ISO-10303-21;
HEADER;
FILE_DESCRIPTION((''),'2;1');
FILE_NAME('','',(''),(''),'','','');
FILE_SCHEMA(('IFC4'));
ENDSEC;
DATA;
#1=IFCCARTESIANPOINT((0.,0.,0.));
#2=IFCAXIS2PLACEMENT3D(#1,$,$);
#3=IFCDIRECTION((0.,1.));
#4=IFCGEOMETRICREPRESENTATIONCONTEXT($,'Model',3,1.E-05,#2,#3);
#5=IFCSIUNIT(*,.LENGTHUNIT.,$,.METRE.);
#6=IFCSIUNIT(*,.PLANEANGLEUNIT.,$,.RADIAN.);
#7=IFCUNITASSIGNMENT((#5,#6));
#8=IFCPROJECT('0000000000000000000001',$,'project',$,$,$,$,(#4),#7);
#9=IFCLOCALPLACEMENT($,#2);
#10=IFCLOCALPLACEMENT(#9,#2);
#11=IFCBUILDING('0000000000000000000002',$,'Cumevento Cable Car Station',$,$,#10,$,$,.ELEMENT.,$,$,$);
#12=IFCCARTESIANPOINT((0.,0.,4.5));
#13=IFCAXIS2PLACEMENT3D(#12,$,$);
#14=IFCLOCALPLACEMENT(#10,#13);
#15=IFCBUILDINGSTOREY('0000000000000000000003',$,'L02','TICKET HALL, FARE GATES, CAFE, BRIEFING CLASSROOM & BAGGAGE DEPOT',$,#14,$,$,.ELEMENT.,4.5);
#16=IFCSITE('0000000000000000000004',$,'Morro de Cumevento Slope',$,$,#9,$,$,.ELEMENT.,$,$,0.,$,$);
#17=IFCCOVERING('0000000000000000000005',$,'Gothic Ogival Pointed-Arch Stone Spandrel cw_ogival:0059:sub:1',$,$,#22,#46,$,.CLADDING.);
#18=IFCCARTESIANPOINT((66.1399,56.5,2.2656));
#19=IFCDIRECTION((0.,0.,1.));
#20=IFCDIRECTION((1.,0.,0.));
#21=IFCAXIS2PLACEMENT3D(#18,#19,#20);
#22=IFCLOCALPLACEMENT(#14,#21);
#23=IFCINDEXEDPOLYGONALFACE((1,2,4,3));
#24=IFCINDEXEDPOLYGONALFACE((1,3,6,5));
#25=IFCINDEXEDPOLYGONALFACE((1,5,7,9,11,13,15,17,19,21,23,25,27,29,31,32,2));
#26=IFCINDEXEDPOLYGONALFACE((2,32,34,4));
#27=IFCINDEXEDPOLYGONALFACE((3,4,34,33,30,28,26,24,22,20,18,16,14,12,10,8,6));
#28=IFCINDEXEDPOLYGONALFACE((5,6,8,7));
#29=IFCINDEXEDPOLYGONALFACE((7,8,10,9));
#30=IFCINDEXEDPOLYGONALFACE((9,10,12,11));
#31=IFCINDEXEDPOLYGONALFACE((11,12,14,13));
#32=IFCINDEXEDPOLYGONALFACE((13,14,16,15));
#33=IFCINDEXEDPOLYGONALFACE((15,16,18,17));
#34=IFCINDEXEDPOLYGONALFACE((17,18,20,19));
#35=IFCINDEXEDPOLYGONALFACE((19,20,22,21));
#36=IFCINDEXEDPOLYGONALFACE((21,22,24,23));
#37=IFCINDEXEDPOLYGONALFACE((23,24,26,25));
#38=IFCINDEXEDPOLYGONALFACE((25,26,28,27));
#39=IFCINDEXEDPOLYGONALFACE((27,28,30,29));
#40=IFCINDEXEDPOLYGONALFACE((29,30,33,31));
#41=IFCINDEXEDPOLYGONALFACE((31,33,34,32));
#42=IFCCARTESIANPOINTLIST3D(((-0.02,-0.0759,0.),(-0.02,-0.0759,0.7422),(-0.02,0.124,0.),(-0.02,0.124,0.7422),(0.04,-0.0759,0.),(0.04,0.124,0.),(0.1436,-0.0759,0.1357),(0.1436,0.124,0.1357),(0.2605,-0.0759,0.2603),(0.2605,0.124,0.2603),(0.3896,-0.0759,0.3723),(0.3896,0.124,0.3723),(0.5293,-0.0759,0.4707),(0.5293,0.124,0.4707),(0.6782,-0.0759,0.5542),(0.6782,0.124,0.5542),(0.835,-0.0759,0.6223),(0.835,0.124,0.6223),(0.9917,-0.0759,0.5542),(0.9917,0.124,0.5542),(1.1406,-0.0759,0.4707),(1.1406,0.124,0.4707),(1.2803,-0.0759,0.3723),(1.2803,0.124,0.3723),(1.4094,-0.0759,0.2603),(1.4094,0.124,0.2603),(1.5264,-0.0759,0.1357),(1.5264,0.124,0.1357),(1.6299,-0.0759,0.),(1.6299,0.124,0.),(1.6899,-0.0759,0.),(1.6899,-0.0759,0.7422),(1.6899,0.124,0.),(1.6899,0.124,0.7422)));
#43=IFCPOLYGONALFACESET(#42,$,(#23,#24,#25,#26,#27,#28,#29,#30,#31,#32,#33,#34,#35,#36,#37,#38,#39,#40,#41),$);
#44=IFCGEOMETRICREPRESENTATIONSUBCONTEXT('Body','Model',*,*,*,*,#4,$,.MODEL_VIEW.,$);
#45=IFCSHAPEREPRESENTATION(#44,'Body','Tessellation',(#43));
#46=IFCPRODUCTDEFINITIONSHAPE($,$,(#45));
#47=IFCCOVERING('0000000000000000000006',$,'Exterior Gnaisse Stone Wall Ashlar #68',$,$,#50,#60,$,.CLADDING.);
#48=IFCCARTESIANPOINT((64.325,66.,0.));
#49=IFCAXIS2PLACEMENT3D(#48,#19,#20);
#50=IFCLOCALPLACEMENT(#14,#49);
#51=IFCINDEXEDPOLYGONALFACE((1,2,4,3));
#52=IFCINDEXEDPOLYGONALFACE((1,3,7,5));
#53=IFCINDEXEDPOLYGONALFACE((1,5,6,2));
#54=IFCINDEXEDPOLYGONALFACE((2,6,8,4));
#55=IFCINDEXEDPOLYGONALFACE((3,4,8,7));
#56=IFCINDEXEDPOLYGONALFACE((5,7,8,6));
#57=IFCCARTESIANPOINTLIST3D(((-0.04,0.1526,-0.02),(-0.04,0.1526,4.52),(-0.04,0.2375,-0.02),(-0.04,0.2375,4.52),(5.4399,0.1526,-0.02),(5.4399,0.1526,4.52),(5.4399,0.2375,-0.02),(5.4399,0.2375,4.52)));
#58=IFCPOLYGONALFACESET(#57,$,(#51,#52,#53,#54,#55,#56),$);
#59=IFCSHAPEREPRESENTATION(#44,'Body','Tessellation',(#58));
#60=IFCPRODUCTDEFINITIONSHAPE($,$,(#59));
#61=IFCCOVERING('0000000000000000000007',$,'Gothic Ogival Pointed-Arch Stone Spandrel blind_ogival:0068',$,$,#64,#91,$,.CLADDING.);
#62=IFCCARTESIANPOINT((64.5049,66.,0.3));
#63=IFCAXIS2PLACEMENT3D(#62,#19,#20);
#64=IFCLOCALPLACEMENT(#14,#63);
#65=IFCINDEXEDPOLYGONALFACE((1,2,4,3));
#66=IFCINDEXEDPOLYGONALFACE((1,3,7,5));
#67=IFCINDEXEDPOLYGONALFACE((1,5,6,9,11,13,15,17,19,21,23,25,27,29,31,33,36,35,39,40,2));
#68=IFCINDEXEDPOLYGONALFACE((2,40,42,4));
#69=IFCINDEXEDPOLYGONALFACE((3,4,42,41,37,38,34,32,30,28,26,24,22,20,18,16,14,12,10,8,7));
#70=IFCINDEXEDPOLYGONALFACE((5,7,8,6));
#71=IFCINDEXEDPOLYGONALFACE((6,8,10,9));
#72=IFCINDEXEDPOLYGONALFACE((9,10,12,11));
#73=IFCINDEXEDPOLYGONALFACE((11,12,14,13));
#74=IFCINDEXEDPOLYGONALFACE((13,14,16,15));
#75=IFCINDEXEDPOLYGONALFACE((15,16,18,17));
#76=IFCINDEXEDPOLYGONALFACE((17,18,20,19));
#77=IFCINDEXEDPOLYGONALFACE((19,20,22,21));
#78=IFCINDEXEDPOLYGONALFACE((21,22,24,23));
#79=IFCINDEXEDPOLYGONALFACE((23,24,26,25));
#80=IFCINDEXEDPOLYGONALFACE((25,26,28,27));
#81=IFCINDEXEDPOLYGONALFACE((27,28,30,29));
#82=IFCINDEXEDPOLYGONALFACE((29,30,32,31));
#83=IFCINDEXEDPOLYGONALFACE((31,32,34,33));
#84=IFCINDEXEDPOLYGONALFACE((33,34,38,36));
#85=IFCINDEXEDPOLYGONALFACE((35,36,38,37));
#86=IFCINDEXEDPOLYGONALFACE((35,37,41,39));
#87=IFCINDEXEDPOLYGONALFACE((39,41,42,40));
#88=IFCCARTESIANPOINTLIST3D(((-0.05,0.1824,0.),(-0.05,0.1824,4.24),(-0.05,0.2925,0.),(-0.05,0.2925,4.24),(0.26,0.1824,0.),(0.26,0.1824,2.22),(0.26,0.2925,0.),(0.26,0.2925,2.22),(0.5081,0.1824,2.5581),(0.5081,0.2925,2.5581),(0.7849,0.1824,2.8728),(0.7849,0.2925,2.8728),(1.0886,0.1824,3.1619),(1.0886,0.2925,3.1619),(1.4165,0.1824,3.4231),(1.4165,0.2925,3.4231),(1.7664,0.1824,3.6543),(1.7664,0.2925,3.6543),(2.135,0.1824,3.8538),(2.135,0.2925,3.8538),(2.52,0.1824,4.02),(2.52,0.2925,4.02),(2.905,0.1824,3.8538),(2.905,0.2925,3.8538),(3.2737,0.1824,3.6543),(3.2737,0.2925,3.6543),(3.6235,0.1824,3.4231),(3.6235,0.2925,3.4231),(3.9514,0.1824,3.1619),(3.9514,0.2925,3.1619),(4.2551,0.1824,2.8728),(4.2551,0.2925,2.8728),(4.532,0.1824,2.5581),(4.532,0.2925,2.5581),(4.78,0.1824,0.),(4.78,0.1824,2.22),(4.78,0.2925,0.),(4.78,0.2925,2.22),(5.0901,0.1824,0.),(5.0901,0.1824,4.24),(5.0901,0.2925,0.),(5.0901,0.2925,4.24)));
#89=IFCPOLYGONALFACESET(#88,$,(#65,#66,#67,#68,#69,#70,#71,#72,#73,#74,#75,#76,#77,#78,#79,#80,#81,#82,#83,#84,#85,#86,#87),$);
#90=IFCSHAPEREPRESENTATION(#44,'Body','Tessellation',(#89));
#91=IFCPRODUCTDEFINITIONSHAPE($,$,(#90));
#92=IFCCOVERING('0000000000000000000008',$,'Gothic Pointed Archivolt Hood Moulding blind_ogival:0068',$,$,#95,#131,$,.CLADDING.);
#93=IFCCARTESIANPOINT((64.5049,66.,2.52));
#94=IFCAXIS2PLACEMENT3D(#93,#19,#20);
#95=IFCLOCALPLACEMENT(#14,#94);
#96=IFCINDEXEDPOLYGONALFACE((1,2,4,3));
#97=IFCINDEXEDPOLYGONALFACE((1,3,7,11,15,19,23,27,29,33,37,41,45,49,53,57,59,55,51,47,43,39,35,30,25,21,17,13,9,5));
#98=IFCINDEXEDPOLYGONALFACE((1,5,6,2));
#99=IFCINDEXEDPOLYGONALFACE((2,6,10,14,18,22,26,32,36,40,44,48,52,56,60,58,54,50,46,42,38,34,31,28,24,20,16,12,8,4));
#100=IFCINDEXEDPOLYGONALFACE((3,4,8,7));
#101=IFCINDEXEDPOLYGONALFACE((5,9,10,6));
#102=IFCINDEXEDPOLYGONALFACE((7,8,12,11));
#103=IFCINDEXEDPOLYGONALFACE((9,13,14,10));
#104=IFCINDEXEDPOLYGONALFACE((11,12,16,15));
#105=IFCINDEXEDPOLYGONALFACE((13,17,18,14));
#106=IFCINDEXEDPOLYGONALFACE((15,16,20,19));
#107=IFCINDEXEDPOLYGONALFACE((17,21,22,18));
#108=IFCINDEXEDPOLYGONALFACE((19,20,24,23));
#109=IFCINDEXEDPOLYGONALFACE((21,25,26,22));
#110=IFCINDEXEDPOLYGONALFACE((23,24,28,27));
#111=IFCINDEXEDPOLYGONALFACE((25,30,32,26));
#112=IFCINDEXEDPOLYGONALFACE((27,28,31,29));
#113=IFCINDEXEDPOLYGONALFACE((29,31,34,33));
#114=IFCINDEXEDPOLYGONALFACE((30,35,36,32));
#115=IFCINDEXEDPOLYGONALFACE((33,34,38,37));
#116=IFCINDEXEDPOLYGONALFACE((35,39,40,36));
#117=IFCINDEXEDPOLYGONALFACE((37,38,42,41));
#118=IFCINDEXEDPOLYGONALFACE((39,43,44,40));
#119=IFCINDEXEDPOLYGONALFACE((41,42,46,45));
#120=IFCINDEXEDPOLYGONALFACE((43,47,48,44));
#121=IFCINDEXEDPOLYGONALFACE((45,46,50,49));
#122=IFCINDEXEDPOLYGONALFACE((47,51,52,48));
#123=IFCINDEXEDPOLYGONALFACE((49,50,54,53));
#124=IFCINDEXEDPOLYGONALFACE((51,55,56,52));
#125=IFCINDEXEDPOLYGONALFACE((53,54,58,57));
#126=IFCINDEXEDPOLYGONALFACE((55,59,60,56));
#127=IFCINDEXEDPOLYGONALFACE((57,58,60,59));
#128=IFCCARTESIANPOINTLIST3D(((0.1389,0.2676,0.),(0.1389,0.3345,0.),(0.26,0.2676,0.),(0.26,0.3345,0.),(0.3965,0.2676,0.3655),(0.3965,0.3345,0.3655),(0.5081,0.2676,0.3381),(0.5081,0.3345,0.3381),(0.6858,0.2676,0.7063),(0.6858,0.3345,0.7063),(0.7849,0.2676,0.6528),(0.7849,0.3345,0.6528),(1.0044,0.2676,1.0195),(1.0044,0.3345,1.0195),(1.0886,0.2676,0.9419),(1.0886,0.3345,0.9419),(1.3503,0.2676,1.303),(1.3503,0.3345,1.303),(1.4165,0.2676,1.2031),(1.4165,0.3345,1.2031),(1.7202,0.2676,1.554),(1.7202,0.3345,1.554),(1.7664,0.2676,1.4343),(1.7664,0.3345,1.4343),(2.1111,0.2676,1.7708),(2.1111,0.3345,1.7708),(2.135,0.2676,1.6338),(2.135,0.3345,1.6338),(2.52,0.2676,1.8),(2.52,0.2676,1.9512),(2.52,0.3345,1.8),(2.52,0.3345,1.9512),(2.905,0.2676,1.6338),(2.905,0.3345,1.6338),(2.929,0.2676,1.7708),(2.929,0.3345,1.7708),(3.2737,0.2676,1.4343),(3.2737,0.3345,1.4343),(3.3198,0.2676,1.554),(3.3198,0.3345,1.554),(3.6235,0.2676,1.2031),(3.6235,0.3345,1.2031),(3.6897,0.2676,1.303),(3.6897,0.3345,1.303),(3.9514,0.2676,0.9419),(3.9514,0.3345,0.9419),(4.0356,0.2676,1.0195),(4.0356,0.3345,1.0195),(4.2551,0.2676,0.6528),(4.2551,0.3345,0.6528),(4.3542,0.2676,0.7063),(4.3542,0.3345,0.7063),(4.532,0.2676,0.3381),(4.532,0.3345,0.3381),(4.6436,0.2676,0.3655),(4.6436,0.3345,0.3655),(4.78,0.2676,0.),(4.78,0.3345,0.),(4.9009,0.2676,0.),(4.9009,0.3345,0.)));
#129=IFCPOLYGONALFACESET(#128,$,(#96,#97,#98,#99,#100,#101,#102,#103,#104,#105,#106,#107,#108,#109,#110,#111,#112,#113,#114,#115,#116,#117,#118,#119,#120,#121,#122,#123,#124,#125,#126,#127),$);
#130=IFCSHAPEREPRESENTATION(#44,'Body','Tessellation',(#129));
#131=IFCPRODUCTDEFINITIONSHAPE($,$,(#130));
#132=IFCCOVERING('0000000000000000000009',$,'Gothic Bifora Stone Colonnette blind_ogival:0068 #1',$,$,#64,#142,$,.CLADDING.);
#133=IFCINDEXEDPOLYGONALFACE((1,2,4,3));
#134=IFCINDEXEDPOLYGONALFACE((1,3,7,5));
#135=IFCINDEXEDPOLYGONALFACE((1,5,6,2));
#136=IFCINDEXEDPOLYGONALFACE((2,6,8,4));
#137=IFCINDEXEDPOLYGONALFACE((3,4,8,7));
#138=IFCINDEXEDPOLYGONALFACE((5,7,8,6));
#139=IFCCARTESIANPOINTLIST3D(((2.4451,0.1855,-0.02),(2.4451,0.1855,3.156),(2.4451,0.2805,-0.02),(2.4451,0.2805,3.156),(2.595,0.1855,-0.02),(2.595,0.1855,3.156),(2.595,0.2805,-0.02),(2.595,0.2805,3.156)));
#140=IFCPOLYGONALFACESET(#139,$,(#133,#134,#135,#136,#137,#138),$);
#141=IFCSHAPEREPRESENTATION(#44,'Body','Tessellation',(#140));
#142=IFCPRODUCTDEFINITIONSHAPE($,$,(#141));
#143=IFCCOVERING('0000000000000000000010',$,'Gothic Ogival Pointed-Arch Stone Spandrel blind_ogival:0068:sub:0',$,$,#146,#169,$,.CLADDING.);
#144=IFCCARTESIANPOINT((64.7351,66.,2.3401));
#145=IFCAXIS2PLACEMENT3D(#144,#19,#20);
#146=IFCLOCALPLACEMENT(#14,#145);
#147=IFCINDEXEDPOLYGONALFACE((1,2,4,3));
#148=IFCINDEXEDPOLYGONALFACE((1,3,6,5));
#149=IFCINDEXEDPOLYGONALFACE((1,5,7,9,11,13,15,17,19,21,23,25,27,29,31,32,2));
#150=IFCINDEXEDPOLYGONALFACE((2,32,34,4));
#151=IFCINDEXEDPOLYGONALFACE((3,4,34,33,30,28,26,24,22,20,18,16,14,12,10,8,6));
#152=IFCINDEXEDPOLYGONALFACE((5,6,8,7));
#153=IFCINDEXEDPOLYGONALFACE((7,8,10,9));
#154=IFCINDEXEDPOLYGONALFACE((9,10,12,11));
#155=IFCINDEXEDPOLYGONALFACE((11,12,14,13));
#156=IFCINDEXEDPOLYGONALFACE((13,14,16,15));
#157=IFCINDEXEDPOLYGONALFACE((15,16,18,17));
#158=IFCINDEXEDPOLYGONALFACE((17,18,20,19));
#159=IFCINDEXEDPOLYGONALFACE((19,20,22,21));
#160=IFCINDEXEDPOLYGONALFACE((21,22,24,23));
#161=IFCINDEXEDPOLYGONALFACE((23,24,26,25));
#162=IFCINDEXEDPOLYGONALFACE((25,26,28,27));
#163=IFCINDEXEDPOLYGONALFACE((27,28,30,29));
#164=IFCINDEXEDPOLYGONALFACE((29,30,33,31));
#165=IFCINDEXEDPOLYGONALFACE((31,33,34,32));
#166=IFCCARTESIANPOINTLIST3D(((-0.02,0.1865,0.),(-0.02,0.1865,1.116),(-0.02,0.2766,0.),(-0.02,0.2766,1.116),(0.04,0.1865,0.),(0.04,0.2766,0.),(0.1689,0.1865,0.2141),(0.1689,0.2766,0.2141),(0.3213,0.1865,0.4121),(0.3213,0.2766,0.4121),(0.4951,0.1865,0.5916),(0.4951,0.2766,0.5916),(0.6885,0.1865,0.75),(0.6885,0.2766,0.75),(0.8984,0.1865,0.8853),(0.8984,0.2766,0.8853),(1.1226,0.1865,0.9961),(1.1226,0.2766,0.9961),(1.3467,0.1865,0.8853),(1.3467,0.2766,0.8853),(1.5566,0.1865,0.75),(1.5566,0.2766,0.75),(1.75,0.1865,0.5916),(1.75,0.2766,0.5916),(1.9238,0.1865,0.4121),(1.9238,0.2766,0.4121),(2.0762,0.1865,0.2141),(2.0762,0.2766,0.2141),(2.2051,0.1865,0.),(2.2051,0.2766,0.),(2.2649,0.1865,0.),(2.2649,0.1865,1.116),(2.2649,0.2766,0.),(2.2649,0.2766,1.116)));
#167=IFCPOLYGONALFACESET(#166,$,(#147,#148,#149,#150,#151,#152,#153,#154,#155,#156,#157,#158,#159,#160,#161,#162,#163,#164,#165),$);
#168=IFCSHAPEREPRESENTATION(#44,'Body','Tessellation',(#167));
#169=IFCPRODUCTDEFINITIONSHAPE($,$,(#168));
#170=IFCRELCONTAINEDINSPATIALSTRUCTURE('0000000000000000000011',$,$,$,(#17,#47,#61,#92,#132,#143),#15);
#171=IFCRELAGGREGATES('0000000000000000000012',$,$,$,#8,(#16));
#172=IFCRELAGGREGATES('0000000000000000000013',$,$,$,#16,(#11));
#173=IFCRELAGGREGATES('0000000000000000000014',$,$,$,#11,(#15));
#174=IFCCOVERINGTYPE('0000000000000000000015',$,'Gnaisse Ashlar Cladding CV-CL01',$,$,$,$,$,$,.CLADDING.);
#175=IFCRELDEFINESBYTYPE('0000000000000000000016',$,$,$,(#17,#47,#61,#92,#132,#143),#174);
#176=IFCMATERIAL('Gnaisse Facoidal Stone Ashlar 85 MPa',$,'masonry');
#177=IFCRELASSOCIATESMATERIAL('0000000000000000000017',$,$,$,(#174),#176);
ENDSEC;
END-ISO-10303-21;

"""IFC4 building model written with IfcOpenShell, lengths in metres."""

from ifc_helpers import new_model, si_unit, direction, frame, origin, place, context, subcontext, project, spatial, polyline, outline, extrude, material, type_object, element, save


model = new_model("IFC4")

# Units and contexts
model_context = context("Model", 3, precision=1e-05, world=origin(), true_north=direction((0.0, 1.0)))
body_context = subcontext(model_context, "Body", "Model", "MODEL_VIEW")
ifc_project = project(units=[si_unit("LENGTHUNIT", "METRE"), si_unit("PLANEANGLEUNIT", "RADIAN")], contexts=[model_context])

# Site, building, storey
site_placement = place(None, origin())
site = spatial("IfcSite", under=ifc_project, at=site_placement, Name="Morro de Cumevento Slope", CompositionType="ELEMENT", RefElevation=0.0)
building_placement = place(site_placement, origin())
building = spatial("IfcBuilding", under=site, at=building_placement, Name="Cumevento Cable Car Station", CompositionType="ELEMENT")
storey_placement = place(building_placement, frame((0.0, 0.0, 4.5)))
storey = spatial("IfcBuildingStorey", under=building, at=storey_placement, Name="L02", Description="TICKET HALL, FARE GATES, CAFE, BRIEFING CLASSROOM & BAGGAGE DEPOT", CompositionType="ELEMENT", Elevation=4.5)

# Coverings
ifc_material_1 = material(Name="Gnaisse Facoidal Stone Ashlar 85 MPa", Category="masonry")
covering_type = type_object("IfcCoveringType", Name="Gnaisse Ashlar Cladding CV-CL01", PredefinedType="CLADDING", material=ifc_material_1)
covering_1_placement = place(storey_placement, frame((66.1399, 56.5, 2.2656), z_axis=(0.0, 0.0, 1.0), x_axis=(1.0, 0.0, 0.0)))
element("IfcCovering", 1, at=covering_1_placement, inside=storey, type_object=covering_type, Name="Gothic Ogival Pointed-Arch Stone Spandrel cw_ogival:0059:sub:1", PredefinedType="CLADDING", context=body_context, shape_type="SweptSolid", body=[
    extrude(outline(polyline([(-0.02, 0.0), (-0.02, 0.7422), (1.6899, 0.7422), (1.6899, 0.0), (1.6299, 0.0), (1.5264, 0.1357), (1.4094, 0.2603), (1.2803, 0.3723), (1.1406, 0.4707), (0.9917, 0.5542), (0.835, 0.6223), (0.6782, 0.5542), (0.5293, 0.4707), (0.3896, 0.3723), (0.2605, 0.2603), (0.1436, 0.1357), (0.04, 0.0), (-0.02, 0.0)])), frame((0.0, 0.124, 0.0), z_axis=(0.0, -1.0, 0.0), x_axis=(1.0, 0.0, 0.0)), (0.0, 0.0, 1.0), 0.2),
])
covering_2_placement = place(storey_placement, frame((64.325, 66.0, 0.0), z_axis=(0.0, 0.0, 1.0), x_axis=(1.0, 0.0, 0.0)))
element("IfcCovering", 2, at=covering_2_placement, inside=storey, type_object=covering_type, Name="Exterior Gnaisse Stone Wall Ashlar #68", PredefinedType="CLADDING", context=body_context, shape_type="SweptSolid", body=[
    extrude(outline(polyline([(-0.04, -0.02), (5.4399, -0.02), (5.4399, 4.52), (-0.04, 4.52), (-0.04, -0.02)])), frame((0.0, 0.2375, 0.0), z_axis=(0.0, -1.0, 0.0), x_axis=(1.0, 0.0, 0.0)), (0.0, 0.0, 1.0), 0.085),
])
placement = place(storey_placement, frame((64.5049, 66.0, 0.3), z_axis=(0.0, 0.0, 1.0), x_axis=(1.0, 0.0, 0.0)))
element("IfcCovering", 3, at=placement, inside=storey, type_object=covering_type, Name="Gothic Ogival Pointed-Arch Stone Spandrel blind_ogival:0068", PredefinedType="CLADDING", context=body_context, shape_type="SweptSolid", body=[
    extrude(outline(polyline([(-0.05, 0.0), (-0.05, 4.24), (5.0901, 4.24), (5.0901, 0.0), (4.78, 0.0), (4.78, 2.22), (4.532, 2.5581), (4.2551, 2.8728), (3.9514, 3.1619), (3.6235, 3.4231), (3.2737, 3.6543), (2.905, 3.8538), (2.52, 4.02), (2.135, 3.8538), (1.7664, 3.6543), (1.4165, 3.4231), (1.0886, 3.1619), (0.7849, 2.8728), (0.5081, 2.5581), (0.26, 2.22), (0.26, 0.0), (-0.05, 0.0)])), frame((0.0, 0.2925, 0.0), z_axis=(0.0, -1.0, 0.0), x_axis=(1.0, 0.0, 0.0)), (0.0, 0.0, 1.0), 0.1101),
])
covering_3_placement = place(storey_placement, frame((64.5049, 66.0, 2.52), z_axis=(0.0, 0.0, 1.0), x_axis=(1.0, 0.0, 0.0)))
element("IfcCovering", 4, at=covering_3_placement, inside=storey, type_object=covering_type, Name="Gothic Pointed Archivolt Hood Moulding blind_ogival:0068", PredefinedType="CLADDING", context=body_context, shape_type="SweptSolid", body=[
    extrude(outline(polyline([(0.26, 0.0), (0.5081, 0.3381), (0.7849, 0.6528), (1.0886, 0.9419), (1.4165, 1.2031), (1.7664, 1.4343), (2.135, 1.6338), (2.52, 1.8), (2.905, 1.6338), (3.2737, 1.4343), (3.6235, 1.2031), (3.9514, 0.9419), (4.2551, 0.6528), (4.532, 0.3381), (4.78, 0.0), (4.9009, 0.0), (4.6436, 0.3655), (4.3542, 0.7063), (4.0356, 1.0195), (3.6897, 1.303), (3.3198, 1.554), (2.929, 1.7708), (2.52, 1.9512), (2.1111, 1.7708), (1.7202, 1.554), (1.3503, 1.303), (1.0044, 1.0195), (0.6858, 0.7063), (0.3965, 0.3655), (0.1389, 0.0), (0.26, 0.0)])), frame((0.0, 0.3345, 0.0), z_axis=(0.0, -1.0, 0.0), x_axis=(1.0, 0.0, 0.0)), (0.0, 0.0, 1.0), 0.0669),
])
element("IfcCovering", 5, at=placement, inside=storey, type_object=covering_type, Name="Gothic Bifora Stone Colonnette blind_ogival:0068 #1", PredefinedType="CLADDING", context=body_context, shape_type="SweptSolid", body=[
    extrude(outline(polyline([(2.4451, -0.02), (2.595, -0.02), (2.595, 3.156), (2.4451, 3.156), (2.4451, -0.02)])), frame((0.0, 0.2805, 0.0), z_axis=(0.0, -1.0, 0.0), x_axis=(1.0, 0.0, 0.0)), (0.0, 0.0, 1.0), 0.095),
])
covering_4_placement = place(storey_placement, frame((64.7351, 66.0, 2.3401), z_axis=(0.0, 0.0, 1.0), x_axis=(1.0, 0.0, 0.0)))
element("IfcCovering", 6, at=covering_4_placement, inside=storey, type_object=covering_type, Name="Gothic Ogival Pointed-Arch Stone Spandrel blind_ogival:0068:sub:0", PredefinedType="CLADDING", context=body_context, shape_type="SweptSolid", body=[
    extrude(outline(polyline([(-0.02, 0.0), (-0.02, 1.116), (2.2649, 1.116), (2.2649, 0.0), (2.2051, 0.0), (2.0762, 0.2141), (1.9238, 0.4121), (1.75, 0.5916), (1.5566, 0.75), (1.3467, 0.8853), (1.1226, 0.9961), (0.8984, 0.8853), (0.6885, 0.75), (0.4951, 0.5916), (0.3213, 0.4121), (0.1689, 0.2141), (0.04, 0.0), (-0.02, 0.0)])), frame((0.0, 0.2766, 0.0), z_axis=(0.0, -1.0, 0.0), x_axis=(1.0, 0.0, 0.0)), (0.0, 0.0, 1.0), 0.0901),
])

save(model, "model.ifc")
